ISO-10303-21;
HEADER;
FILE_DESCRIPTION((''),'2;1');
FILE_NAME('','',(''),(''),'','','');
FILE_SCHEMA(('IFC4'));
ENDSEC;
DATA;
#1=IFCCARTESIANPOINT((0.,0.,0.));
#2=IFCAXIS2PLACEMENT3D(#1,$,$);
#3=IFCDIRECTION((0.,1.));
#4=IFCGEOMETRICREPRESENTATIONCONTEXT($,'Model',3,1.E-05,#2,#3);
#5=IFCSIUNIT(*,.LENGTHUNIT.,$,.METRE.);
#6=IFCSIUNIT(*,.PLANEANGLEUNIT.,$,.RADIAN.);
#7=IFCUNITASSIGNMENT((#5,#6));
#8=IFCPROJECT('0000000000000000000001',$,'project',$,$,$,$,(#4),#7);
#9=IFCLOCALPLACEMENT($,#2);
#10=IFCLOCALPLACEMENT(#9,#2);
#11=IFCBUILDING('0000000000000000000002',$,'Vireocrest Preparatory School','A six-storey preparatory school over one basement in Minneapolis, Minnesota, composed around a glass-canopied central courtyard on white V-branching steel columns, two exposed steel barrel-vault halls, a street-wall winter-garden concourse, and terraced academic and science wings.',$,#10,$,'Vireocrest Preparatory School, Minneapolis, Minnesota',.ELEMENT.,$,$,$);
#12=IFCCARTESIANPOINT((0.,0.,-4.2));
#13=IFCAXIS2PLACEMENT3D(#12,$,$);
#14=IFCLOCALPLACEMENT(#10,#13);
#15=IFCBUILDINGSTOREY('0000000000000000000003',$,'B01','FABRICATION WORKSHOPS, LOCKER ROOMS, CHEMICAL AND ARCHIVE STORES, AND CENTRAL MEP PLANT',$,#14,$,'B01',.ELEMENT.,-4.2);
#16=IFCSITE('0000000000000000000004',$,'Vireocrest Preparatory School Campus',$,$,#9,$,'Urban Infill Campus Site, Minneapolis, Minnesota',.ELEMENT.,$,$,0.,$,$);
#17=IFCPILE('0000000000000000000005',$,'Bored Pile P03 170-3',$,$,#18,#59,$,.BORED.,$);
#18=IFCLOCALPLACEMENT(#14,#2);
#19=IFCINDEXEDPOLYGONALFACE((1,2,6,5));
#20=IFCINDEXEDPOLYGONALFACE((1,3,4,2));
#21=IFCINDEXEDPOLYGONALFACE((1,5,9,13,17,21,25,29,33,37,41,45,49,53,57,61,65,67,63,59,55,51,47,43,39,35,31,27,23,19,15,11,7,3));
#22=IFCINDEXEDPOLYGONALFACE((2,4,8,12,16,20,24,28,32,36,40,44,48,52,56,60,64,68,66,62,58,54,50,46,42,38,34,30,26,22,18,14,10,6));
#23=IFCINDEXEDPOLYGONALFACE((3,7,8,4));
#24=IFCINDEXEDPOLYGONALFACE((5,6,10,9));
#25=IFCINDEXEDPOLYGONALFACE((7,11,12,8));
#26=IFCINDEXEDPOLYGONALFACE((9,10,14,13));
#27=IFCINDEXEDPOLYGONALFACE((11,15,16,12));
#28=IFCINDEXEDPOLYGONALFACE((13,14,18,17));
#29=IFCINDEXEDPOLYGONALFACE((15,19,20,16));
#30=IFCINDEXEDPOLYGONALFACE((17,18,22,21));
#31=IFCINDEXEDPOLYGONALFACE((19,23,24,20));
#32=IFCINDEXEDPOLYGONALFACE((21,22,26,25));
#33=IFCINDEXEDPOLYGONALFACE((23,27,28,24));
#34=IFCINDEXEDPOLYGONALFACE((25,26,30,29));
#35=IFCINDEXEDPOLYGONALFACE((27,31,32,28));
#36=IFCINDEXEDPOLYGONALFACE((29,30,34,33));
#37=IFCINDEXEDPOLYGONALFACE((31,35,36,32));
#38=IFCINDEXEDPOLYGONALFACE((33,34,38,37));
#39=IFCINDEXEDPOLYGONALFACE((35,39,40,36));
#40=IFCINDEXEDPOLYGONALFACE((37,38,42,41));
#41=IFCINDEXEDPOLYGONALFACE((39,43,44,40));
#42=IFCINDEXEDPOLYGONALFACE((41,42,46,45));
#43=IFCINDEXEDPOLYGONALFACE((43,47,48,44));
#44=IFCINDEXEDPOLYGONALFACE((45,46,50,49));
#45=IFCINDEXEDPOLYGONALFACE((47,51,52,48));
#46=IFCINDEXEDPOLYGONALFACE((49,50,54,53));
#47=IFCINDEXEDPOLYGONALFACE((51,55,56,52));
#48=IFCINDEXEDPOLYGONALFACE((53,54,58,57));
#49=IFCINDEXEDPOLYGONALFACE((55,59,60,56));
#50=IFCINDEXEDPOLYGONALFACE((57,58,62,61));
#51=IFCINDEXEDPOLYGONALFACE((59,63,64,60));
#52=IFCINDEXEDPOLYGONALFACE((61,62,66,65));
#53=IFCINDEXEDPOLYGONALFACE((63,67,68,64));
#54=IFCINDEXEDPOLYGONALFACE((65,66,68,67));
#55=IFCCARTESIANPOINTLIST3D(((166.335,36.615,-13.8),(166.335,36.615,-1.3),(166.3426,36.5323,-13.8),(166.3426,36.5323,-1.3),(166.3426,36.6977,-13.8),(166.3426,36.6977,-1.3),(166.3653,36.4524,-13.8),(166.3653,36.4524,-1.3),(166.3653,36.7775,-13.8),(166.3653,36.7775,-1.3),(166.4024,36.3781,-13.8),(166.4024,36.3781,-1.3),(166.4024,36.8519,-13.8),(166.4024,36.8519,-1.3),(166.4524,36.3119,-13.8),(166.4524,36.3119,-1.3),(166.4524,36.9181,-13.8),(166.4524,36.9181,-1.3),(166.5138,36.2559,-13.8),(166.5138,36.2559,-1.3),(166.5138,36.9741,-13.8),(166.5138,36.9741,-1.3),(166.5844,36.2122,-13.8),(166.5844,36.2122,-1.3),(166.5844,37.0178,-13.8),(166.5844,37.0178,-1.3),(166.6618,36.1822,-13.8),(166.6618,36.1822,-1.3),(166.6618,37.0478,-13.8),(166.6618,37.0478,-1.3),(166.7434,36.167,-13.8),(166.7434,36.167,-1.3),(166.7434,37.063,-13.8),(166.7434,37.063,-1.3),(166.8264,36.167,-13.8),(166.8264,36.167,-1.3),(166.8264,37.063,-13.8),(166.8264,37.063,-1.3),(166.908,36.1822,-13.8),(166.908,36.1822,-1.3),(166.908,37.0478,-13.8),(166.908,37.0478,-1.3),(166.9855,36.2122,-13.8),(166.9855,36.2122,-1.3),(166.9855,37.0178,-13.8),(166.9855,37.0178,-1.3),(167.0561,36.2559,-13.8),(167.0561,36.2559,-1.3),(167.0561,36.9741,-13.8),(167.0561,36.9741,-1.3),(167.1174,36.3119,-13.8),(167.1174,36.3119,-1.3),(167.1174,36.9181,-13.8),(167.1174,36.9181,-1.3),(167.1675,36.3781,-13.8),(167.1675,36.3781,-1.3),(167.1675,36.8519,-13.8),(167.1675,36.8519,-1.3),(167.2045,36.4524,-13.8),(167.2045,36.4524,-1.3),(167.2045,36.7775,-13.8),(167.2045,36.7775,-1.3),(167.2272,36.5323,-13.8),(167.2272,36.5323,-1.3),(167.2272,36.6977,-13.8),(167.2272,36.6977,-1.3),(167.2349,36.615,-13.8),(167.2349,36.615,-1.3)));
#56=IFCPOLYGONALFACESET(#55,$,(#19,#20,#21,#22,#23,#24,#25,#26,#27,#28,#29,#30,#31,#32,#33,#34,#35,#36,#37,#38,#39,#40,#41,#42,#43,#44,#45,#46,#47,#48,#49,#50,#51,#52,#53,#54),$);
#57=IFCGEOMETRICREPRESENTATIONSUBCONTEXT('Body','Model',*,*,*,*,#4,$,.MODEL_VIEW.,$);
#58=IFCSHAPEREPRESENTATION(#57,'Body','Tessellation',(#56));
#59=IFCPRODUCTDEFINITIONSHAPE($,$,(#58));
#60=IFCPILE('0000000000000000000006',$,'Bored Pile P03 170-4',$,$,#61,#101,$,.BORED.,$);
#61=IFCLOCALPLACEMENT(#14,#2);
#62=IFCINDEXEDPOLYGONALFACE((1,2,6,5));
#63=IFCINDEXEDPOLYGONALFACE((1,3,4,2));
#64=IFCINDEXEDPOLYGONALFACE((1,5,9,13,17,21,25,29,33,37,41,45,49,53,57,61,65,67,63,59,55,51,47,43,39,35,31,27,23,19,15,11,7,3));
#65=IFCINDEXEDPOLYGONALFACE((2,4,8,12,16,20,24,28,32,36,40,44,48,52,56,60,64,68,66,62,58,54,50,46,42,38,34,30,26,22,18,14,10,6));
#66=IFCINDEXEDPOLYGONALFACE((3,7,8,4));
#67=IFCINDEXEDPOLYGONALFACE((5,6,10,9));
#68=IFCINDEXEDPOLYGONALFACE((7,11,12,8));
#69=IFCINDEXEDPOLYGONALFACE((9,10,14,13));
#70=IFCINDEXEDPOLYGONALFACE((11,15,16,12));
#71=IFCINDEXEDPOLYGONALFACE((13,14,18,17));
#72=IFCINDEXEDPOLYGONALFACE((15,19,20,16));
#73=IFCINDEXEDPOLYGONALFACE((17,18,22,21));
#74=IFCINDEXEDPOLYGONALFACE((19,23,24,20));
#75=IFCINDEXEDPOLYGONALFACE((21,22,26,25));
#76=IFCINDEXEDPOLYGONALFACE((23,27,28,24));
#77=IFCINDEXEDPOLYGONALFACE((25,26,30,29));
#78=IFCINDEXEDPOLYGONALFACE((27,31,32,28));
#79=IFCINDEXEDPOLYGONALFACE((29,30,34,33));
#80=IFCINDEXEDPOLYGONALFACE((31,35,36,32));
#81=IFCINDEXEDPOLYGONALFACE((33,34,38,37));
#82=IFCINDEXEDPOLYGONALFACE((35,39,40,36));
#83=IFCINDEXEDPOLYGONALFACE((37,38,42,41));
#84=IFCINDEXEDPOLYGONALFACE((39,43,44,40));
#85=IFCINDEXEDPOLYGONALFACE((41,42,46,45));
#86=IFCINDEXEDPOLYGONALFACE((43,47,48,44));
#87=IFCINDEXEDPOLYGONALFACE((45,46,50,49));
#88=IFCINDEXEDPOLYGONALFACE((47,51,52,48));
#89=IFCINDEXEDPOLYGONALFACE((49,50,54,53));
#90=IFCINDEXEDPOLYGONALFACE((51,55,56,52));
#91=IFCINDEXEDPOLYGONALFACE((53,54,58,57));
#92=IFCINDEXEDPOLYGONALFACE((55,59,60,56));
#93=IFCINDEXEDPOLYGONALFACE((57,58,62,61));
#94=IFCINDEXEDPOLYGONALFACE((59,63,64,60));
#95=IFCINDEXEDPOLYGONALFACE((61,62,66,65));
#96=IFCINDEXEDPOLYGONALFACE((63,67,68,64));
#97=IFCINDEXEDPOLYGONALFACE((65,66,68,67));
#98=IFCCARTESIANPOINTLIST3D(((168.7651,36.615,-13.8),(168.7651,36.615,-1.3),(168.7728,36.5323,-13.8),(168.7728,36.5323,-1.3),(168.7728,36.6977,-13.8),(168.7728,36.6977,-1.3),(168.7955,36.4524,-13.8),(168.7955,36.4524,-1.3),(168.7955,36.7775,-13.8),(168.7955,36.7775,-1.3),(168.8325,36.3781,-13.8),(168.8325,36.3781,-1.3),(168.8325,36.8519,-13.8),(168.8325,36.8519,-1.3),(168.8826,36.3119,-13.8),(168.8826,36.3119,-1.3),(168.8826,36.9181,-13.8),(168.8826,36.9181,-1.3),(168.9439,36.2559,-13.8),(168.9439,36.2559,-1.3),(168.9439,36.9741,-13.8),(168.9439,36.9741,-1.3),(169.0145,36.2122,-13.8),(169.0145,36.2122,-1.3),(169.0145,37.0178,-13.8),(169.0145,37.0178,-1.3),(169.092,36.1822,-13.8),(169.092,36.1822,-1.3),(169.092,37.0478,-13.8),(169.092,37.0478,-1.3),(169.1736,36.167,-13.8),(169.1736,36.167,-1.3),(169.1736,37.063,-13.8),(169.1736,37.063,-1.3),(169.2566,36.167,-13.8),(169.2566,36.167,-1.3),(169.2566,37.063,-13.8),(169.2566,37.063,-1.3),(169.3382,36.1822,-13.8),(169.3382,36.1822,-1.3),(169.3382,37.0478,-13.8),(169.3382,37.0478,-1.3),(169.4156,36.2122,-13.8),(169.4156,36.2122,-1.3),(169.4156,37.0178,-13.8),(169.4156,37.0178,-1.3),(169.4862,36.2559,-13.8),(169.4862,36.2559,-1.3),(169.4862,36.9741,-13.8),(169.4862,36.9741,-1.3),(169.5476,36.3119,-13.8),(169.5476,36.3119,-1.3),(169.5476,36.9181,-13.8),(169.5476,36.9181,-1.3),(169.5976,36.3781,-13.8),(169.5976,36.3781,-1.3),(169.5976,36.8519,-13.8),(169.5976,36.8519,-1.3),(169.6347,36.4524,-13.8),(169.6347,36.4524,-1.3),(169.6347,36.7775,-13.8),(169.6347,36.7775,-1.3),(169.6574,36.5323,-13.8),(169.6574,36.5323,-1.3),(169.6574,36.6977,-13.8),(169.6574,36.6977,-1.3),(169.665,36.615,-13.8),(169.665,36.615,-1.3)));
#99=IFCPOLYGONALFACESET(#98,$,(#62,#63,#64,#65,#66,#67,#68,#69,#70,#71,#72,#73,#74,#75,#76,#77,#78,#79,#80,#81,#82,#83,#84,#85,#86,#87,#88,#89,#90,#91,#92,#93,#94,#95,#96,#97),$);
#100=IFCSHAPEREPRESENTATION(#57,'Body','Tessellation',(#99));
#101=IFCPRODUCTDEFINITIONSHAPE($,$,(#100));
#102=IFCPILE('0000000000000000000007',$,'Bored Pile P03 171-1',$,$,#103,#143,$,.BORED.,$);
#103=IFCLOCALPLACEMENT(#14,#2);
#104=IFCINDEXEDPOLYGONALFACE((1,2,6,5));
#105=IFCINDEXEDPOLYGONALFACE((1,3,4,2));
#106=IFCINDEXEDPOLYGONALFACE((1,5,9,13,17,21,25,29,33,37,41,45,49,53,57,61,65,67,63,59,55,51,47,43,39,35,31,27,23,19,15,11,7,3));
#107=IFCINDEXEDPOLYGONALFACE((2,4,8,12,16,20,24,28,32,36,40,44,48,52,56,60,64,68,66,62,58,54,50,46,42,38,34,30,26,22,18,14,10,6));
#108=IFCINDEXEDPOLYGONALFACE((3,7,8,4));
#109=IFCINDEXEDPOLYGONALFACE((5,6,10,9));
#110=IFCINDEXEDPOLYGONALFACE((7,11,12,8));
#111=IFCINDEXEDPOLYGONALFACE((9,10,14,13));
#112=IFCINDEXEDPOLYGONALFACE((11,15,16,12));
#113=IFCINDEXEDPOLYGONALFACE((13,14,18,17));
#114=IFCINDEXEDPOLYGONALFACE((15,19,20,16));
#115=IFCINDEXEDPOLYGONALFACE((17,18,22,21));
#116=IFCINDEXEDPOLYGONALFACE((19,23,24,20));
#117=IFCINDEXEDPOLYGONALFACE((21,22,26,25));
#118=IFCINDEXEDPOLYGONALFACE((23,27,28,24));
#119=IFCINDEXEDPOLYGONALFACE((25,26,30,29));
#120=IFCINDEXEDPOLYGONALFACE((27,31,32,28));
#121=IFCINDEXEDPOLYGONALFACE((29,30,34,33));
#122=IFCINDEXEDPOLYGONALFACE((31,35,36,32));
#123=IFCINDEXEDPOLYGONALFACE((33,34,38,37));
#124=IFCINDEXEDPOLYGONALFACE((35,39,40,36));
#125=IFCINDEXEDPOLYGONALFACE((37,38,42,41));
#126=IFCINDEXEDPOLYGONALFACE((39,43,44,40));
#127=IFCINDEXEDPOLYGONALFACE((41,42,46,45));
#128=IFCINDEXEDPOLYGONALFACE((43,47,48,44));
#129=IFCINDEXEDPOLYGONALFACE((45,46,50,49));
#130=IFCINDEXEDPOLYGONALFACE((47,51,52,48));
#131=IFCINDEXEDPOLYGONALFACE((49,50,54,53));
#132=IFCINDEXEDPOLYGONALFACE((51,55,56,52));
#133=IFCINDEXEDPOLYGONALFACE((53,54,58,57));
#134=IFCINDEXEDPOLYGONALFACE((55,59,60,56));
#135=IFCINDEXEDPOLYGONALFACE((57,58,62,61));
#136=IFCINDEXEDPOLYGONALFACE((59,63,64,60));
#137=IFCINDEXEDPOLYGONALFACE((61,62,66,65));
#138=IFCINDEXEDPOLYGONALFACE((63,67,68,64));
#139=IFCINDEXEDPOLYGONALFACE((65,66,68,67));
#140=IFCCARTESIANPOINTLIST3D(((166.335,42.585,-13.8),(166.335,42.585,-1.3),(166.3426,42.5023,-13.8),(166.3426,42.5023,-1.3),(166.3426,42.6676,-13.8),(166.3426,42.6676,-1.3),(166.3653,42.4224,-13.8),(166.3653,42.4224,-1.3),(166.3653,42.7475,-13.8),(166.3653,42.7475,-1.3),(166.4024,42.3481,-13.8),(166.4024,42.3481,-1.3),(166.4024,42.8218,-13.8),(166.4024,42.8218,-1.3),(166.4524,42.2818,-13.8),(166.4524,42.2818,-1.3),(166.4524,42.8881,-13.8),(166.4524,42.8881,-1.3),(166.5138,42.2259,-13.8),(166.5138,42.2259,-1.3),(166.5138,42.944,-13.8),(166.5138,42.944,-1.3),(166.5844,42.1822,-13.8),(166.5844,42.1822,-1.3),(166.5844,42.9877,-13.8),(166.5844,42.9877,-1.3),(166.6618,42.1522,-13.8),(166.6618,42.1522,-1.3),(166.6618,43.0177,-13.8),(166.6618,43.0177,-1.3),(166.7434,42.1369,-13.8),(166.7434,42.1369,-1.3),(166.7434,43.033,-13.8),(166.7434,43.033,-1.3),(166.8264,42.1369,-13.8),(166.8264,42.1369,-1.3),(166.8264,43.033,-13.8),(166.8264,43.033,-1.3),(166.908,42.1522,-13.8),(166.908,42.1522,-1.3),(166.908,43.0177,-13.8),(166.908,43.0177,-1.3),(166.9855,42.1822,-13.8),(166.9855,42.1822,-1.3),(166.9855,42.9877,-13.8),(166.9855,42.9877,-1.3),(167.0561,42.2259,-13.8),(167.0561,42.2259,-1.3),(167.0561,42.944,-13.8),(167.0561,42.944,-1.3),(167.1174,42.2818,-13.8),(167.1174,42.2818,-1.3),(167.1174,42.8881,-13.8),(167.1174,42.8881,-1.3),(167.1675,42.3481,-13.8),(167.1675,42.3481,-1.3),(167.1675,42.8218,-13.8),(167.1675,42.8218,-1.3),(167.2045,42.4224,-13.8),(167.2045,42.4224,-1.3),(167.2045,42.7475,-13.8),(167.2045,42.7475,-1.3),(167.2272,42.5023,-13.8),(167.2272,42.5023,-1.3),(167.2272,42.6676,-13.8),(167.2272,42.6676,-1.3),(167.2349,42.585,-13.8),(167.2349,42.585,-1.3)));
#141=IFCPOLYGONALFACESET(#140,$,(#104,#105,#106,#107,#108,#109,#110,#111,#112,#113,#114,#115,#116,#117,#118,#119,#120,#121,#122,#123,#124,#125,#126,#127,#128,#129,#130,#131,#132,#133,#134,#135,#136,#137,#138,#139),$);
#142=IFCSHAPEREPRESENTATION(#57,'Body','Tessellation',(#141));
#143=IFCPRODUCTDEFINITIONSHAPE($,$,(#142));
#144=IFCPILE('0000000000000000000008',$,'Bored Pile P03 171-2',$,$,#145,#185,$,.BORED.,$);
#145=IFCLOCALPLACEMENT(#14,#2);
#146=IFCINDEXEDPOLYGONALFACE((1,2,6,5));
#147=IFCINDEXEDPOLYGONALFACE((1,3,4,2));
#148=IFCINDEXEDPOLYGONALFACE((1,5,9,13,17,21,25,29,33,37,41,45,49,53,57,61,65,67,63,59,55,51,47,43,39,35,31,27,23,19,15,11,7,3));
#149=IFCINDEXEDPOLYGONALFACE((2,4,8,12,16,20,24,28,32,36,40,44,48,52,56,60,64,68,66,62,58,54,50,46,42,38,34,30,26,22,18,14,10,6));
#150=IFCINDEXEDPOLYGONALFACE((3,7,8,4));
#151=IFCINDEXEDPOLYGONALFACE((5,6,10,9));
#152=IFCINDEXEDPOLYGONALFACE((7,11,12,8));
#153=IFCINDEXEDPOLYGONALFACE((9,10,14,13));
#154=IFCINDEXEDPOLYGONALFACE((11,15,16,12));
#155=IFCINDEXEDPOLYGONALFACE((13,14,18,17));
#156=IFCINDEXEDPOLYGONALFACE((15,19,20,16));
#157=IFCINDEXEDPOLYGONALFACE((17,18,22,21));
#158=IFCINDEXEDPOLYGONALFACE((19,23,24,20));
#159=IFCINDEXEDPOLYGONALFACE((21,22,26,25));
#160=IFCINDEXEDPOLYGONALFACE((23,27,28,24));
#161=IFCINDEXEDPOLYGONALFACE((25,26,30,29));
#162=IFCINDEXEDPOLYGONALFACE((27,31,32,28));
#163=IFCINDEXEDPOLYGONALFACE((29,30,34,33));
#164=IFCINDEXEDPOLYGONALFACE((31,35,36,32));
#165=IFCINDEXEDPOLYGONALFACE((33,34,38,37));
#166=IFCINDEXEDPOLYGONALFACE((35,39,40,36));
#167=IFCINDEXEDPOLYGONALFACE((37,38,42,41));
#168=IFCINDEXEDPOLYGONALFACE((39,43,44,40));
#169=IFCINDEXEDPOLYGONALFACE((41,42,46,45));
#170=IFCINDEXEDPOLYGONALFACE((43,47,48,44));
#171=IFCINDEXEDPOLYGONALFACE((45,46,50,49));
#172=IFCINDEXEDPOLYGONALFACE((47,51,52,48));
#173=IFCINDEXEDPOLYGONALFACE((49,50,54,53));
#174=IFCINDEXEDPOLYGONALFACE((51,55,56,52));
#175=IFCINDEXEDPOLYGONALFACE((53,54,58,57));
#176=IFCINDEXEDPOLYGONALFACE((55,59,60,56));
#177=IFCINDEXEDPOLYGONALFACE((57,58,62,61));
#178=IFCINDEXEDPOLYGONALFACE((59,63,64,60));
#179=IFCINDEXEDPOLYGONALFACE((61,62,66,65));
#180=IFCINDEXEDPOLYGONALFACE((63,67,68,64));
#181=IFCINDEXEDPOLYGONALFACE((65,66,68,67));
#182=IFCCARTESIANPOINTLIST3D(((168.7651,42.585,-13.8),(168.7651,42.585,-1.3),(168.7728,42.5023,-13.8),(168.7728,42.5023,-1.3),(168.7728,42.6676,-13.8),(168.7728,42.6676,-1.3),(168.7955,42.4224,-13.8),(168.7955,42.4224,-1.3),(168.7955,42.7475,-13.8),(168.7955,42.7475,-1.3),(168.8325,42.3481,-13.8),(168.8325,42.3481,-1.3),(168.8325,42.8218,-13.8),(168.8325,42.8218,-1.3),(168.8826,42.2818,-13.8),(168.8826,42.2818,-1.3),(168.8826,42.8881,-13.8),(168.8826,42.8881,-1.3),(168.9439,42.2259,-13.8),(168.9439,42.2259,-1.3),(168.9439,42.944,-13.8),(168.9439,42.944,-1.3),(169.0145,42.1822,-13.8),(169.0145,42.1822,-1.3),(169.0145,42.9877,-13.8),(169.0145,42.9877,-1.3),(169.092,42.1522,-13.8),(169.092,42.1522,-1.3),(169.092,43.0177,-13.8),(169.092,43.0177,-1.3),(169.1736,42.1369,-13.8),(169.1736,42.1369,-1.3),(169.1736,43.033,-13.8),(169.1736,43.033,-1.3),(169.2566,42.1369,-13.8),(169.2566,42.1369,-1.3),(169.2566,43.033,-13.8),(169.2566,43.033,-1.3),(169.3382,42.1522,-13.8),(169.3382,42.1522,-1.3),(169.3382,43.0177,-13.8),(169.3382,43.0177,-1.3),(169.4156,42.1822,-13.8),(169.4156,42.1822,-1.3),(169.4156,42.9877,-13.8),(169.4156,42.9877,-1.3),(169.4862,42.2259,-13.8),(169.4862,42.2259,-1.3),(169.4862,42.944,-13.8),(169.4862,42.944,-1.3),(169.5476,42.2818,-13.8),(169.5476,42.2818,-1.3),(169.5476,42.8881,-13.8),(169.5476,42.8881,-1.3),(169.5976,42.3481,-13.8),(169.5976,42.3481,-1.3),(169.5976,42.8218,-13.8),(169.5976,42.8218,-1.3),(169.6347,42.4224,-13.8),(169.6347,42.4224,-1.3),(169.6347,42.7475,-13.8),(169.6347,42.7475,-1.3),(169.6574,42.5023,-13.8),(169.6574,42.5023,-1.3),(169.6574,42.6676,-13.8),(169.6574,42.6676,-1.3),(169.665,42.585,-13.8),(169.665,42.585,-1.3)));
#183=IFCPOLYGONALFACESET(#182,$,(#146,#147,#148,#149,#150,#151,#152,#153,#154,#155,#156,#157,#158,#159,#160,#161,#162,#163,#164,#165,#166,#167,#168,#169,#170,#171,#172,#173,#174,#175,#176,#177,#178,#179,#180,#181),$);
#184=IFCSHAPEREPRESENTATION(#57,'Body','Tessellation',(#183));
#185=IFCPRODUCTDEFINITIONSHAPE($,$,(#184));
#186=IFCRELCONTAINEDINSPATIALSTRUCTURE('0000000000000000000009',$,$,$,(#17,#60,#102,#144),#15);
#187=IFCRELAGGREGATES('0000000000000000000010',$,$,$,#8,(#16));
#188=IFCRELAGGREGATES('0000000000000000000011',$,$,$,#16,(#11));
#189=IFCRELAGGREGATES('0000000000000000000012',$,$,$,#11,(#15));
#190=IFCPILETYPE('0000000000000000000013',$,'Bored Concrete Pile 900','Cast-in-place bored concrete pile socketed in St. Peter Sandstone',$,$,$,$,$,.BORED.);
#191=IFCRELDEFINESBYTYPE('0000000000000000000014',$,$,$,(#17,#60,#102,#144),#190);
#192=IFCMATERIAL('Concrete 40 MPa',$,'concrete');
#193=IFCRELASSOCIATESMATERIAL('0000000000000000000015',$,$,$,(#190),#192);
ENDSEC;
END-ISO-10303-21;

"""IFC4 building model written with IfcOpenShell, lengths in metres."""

from ifc_helpers import new_model, si_unit, direction, frame, origin, origin_2d, place, context, subcontext, project, spatial, circle, extrude, material, material_profile, profile_set, type_object, element, save


model = new_model("IFC4")

# Units and contexts
model_context = context("Model", 3, precision=1e-05, world=origin(), true_north=direction((0.0, 1.0)))
body_context = subcontext(model_context, "Body", "Model", "MODEL_VIEW")
ifc_project = project(units=[si_unit("LENGTHUNIT", "METRE"), si_unit("PLANEANGLEUNIT", "RADIAN")], contexts=[model_context])

# Site, building, storey
site_placement = place(None, origin())
site = spatial("IfcSite", under=ifc_project, at=site_placement, Name="Vireocrest Preparatory School Campus", LongName="Urban Infill Campus Site, Minneapolis, Minnesota", CompositionType="ELEMENT", RefElevation=0.0)
building_placement = place(site_placement, origin())
building = spatial("IfcBuilding", under=site, at=building_placement, Name="Vireocrest Preparatory School", Description="A six-storey preparatory school over one basement in Minneapolis, Minnesota, composed around a glass-canopied central courtyard on white V-branching steel columns, two exposed steel barrel-vault halls, a street-wall winter-garden concourse, and terraced academic and science wings.", LongName="Vireocrest Preparatory School, Minneapolis, Minnesota", CompositionType="ELEMENT")
storey_placement = place(building_placement, frame((0.0, 0.0, -4.2)))
storey = spatial("IfcBuildingStorey", under=building, at=storey_placement, Name="B01", Description="FABRICATION WORKSHOPS, LOCKER ROOMS, CHEMICAL AND ARCHIVE STORES, AND CENTRAL MEP PLANT", LongName="B01", CompositionType="ELEMENT", Elevation=-4.2)

# Piles
ifc_material_1 = material(Name="Concrete 40 MPa", Category="concrete")
ifc_material_profile_1 = material_profile(ifc_material_1, circle(Radius=0.45, at=origin_2d()), Name="BORED PILE 900")
ifc_profile_set_1 = profile_set([ifc_material_profile_1], Name="Concrete 40 MPa")
pile_type = type_object("IfcPileType", Name="Bored Concrete Pile 900", Description="Cast-in-place bored concrete pile socketed in St. Peter Sandstone", PredefinedType="BORED", material=ifc_profile_set_1)
for number, where, z_axis, x_axis, name in (
    (1, (166.7849, 36.615, -1.3), (0.0, 0.0, -1.0), (1.0, 0.0, 0.0), "Bored Pile P03 170-3"),
    (2, (169.2151, 36.615, -1.3), (0.0, 0.0, -1.0), (1.0, 0.0, 0.0), "Bored Pile P03 170-4"),
    (3, (166.7849, 42.585, -1.3), (0.0, 0.0, -1.0), (1.0, 0.0, 0.0), "Bored Pile P03 171-1"),
    (4, (169.2151, 42.585, -1.3), (0.0, 0.0, -1.0), (1.0, 0.0, 0.0), "Bored Pile P03 171-2"),
):
    element("IfcPile", number, at=place(storey_placement, frame(where, z_axis=z_axis, x_axis=x_axis)), inside=storey, type_object=pile_type, Name=name, PredefinedType="BORED", context=body_context, shape_type="SweptSolid", body=[
        extrude(circle(Radius=0.45, at=origin_2d()), origin(), (0.0, 0.0, 1.0), 12.5),
    ])

save(model, "model.ifc")
